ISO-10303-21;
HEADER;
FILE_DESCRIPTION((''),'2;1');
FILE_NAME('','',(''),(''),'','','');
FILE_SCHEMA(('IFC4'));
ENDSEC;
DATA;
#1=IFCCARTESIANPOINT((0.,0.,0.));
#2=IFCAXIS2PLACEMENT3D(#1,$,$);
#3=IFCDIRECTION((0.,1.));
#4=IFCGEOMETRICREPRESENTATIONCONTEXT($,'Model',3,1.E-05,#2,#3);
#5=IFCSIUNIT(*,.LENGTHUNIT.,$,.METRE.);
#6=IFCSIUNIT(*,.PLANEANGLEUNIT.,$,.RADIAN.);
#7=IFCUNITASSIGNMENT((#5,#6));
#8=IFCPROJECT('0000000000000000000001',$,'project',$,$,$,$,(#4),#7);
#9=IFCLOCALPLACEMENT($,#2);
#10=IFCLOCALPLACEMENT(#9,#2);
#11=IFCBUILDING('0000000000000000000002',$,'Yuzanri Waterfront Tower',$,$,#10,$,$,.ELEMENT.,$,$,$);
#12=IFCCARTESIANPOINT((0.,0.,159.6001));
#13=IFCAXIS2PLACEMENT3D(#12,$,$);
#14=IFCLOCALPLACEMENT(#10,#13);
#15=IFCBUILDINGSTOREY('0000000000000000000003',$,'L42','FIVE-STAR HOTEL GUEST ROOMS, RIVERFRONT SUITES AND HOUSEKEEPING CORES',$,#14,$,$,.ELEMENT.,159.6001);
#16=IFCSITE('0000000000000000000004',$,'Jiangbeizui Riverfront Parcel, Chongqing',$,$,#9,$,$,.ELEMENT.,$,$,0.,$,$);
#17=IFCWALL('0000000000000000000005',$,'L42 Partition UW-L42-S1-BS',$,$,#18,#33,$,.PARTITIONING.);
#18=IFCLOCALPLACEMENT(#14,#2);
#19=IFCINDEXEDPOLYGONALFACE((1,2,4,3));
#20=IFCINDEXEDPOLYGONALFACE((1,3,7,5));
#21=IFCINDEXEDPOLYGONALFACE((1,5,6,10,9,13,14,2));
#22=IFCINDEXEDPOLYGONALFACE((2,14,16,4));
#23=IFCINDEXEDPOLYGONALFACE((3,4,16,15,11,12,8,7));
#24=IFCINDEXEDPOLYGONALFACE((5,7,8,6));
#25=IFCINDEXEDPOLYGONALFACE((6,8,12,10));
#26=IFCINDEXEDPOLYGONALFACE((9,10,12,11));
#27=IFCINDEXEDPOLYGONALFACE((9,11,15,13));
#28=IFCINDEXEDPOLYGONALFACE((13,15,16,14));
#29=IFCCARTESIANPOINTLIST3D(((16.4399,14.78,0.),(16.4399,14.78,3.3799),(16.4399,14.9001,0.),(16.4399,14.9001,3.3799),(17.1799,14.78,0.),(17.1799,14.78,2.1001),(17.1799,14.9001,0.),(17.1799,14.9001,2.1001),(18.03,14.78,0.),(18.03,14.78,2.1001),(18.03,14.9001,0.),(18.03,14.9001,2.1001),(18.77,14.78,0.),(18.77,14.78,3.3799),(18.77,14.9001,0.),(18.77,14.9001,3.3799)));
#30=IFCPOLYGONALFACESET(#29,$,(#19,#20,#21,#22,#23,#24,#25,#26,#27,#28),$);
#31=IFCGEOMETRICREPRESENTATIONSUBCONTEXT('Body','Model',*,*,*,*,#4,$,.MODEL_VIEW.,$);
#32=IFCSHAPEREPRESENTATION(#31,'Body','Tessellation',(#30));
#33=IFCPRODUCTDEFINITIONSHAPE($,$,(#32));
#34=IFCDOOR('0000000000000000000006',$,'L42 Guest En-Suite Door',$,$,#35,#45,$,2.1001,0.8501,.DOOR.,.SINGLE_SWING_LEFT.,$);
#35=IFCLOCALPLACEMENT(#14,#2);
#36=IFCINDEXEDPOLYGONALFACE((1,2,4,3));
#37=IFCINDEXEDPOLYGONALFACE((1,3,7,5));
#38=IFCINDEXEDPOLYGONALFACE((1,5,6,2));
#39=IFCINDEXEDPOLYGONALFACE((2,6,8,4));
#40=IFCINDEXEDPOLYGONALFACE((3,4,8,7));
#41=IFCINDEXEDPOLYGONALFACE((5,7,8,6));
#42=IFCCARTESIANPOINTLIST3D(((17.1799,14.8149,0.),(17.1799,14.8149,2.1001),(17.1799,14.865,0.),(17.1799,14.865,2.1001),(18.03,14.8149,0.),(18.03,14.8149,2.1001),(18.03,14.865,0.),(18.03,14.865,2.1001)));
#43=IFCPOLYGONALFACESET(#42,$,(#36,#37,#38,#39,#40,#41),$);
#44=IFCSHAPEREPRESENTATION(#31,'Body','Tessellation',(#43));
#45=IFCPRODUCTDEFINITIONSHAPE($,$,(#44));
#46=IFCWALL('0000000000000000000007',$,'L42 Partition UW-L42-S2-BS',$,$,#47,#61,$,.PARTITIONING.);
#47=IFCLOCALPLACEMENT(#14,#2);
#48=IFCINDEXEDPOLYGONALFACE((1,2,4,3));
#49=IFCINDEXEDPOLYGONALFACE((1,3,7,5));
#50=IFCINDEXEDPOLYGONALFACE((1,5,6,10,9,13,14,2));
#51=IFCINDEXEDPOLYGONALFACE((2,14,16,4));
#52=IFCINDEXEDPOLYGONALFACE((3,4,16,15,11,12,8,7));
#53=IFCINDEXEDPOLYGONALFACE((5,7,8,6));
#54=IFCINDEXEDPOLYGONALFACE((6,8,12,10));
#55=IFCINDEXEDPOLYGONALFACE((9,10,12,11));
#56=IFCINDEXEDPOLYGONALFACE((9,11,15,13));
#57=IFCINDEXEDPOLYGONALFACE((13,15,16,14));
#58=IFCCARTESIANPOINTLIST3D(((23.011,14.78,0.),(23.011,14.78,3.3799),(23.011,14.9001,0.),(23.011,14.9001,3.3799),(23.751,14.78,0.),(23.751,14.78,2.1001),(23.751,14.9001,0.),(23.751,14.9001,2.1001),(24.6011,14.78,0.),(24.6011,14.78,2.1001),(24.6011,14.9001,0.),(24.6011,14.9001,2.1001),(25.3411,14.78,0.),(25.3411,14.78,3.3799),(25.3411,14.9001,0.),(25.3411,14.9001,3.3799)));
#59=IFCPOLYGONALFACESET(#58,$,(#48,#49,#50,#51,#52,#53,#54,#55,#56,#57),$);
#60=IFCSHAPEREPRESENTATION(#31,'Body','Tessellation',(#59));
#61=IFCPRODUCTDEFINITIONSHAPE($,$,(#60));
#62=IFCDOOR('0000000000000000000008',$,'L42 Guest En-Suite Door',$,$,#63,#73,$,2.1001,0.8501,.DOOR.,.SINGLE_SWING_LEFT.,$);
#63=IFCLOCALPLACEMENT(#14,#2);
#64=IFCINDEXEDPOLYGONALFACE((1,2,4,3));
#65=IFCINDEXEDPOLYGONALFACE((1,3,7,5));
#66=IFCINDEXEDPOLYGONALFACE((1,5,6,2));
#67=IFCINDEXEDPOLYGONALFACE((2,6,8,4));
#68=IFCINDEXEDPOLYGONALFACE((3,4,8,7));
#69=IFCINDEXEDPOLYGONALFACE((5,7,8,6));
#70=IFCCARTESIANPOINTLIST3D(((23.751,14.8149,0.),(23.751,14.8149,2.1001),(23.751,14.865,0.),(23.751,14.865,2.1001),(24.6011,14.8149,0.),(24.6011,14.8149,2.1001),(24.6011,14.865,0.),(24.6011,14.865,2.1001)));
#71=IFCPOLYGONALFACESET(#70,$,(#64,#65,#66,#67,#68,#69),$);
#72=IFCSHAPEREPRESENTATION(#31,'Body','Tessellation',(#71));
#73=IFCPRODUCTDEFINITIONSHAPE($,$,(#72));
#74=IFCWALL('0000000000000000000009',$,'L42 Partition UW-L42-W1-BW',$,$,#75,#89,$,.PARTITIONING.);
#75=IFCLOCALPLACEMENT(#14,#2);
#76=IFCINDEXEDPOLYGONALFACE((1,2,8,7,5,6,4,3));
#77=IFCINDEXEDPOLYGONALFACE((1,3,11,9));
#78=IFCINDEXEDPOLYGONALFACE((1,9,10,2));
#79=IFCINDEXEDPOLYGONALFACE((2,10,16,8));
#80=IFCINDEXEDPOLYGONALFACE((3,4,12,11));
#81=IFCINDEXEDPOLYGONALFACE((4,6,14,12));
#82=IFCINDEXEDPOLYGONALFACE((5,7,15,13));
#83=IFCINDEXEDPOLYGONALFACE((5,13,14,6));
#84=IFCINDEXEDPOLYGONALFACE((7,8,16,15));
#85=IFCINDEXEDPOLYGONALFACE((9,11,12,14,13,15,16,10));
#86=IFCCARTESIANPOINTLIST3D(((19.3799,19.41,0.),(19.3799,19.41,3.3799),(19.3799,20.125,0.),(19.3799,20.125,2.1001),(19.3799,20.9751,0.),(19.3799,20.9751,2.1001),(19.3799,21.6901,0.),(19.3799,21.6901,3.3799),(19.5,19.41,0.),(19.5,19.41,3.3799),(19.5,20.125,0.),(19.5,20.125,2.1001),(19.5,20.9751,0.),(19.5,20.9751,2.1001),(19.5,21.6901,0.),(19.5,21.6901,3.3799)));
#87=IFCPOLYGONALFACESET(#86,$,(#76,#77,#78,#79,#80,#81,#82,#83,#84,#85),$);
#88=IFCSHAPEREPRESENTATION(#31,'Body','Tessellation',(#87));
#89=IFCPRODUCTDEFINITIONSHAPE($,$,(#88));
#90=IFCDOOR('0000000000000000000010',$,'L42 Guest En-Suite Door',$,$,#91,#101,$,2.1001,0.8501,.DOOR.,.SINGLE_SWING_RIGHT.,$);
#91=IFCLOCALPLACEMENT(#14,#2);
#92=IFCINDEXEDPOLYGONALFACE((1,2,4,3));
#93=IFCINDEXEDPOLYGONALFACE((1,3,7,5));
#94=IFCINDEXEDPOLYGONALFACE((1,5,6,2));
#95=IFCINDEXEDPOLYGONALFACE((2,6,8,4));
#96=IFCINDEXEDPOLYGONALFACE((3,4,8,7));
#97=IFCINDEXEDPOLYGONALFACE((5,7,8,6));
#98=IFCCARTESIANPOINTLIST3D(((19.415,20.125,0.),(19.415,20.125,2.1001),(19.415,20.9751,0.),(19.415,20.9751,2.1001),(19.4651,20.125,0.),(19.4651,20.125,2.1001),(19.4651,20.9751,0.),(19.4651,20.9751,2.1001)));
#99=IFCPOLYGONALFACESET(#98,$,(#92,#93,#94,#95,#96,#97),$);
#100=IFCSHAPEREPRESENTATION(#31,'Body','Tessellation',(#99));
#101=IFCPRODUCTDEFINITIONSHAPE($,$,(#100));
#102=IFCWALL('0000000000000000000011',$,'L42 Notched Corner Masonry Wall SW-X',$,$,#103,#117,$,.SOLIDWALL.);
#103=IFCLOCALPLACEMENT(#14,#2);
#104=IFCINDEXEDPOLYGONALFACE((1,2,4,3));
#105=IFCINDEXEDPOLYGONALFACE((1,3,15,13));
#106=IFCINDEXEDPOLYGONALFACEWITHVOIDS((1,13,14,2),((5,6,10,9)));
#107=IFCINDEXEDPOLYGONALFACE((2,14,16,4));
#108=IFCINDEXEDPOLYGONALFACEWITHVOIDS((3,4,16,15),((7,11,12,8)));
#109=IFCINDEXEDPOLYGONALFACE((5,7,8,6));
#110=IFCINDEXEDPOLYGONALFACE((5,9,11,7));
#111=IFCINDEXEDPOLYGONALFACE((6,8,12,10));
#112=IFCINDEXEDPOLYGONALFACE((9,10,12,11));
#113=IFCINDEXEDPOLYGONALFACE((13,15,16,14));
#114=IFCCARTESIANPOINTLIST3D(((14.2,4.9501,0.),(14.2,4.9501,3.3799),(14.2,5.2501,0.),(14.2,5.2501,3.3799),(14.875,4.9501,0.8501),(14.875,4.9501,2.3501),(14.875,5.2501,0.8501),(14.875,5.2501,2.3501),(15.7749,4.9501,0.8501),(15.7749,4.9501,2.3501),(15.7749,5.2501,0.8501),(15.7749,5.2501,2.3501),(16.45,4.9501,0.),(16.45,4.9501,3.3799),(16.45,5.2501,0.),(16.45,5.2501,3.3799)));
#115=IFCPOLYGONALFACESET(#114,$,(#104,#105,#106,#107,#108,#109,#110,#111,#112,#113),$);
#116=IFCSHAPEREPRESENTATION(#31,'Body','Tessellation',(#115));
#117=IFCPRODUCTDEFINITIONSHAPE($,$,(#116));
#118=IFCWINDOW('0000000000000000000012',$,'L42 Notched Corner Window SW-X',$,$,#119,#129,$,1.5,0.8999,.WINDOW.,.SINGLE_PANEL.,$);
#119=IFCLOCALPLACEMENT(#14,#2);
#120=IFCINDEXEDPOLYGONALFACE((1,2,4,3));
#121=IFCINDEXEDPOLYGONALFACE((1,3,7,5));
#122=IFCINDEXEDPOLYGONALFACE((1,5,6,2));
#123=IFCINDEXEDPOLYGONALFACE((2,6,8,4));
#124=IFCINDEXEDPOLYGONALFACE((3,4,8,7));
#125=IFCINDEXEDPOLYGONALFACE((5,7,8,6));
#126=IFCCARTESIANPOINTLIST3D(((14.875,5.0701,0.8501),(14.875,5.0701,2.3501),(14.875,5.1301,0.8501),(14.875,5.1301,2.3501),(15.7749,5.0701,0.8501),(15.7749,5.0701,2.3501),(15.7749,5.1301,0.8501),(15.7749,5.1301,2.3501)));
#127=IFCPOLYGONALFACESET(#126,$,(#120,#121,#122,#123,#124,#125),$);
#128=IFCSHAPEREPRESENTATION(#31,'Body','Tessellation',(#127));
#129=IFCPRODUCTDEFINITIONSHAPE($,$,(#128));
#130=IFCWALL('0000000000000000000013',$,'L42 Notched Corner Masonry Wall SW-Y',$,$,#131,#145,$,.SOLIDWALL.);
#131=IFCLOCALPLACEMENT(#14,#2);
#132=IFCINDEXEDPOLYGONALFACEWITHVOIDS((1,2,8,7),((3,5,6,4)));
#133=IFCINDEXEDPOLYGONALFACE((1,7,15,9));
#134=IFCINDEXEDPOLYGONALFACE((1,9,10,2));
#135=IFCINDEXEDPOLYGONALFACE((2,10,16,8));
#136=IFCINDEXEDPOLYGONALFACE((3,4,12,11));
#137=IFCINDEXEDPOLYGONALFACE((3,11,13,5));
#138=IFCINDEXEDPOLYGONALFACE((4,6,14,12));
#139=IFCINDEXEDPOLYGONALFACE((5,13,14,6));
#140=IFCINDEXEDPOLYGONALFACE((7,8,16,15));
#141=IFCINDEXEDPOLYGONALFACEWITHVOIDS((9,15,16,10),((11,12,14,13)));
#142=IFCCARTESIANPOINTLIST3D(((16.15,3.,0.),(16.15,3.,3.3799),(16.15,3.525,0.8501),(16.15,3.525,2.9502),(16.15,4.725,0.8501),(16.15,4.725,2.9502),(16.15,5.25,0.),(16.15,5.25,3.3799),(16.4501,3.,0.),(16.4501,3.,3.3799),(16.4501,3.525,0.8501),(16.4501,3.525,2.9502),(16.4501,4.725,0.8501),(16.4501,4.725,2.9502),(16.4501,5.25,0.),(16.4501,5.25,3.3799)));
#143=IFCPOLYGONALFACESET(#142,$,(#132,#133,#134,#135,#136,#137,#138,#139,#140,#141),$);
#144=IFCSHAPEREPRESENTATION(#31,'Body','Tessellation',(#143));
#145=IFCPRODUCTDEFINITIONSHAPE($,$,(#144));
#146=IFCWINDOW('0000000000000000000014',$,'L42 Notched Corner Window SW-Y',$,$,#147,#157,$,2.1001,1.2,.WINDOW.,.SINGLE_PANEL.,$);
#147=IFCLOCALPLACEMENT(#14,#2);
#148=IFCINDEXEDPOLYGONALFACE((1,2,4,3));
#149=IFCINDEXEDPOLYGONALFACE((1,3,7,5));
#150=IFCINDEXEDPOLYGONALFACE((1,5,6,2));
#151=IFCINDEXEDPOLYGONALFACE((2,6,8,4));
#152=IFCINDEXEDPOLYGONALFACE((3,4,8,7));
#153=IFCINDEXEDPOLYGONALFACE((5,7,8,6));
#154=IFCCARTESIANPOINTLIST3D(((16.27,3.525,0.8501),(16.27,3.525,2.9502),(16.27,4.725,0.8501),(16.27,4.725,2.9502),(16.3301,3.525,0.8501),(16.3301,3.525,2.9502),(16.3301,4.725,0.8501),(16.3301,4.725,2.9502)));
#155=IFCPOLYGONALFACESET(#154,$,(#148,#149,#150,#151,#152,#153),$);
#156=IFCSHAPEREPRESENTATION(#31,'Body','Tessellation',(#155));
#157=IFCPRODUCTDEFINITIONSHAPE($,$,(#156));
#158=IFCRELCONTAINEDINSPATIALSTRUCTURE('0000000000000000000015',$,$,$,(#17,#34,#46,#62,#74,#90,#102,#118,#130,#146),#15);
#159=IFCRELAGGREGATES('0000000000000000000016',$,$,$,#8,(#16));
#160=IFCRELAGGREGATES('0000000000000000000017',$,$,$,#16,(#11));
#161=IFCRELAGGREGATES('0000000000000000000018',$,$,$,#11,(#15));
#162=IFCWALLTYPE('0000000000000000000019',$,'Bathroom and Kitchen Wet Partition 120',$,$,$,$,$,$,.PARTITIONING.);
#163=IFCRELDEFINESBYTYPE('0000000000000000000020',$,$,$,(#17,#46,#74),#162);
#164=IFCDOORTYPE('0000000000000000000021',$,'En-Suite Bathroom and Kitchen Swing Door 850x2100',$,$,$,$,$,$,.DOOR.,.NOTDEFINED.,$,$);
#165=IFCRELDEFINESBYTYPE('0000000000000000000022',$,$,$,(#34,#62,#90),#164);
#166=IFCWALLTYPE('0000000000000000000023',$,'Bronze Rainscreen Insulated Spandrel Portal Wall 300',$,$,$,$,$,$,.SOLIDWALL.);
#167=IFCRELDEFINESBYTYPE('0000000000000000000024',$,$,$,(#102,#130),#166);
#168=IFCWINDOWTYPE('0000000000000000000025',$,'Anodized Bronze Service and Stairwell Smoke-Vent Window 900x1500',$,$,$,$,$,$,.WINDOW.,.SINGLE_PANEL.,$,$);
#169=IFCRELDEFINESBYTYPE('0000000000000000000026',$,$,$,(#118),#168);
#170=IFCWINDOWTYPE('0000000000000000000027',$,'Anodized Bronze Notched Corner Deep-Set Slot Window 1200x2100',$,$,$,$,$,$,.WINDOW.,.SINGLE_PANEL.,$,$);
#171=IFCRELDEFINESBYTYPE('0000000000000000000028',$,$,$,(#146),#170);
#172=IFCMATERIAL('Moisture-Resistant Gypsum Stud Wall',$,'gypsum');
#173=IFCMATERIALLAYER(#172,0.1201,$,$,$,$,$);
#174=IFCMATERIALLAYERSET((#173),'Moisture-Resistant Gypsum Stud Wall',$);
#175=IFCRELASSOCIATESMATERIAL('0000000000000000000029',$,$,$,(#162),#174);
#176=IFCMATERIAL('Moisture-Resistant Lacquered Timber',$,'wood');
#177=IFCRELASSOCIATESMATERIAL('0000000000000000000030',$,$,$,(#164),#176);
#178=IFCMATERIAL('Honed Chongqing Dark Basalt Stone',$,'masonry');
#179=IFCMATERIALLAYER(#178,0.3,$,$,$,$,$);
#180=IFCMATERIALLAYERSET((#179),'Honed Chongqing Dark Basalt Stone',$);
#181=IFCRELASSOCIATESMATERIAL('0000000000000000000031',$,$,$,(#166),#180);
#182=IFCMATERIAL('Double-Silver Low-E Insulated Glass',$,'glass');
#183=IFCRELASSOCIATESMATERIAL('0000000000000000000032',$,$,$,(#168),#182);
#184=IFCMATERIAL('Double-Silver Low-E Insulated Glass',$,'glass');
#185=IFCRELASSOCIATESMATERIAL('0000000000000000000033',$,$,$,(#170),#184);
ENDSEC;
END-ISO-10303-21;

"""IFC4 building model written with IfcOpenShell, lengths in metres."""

from ifc_helpers import new_model, si_unit, direction, frame, frame_2d, origin, place, context, subcontext, project, spatial, rectangle, extrude, source, transform, mapped, material, layer, layer_set, type_object, element, fill, save


model = new_model("IFC4")

# Units and contexts
model_context = context("Model", 3, precision=1e-05, world=origin(), true_north=direction((0.0, 1.0)))
body_context = subcontext(model_context, "Body", "Model", "MODEL_VIEW")
ifc_project = project(units=[si_unit("LENGTHUNIT", "METRE"), si_unit("PLANEANGLEUNIT", "RADIAN")], contexts=[model_context])

# Site, building, storey
site_placement = place(None, origin())
site = spatial("IfcSite", under=ifc_project, at=site_placement, Name="Jiangbeizui Riverfront Parcel, Chongqing", CompositionType="ELEMENT", RefElevation=0.0)
building_placement = place(site_placement, origin())
building = spatial("IfcBuilding", under=site, at=building_placement, Name="Yuzanri Waterfront Tower", CompositionType="ELEMENT")
storey_placement = place(building_placement, frame((0.0, 0.0, 159.6001)))
storey = spatial("IfcBuildingStorey", under=building, at=storey_placement, Name="L42", Description="FIVE-STAR HOTEL GUEST ROOMS, RIVERFRONT SUITES AND HOUSEKEEPING CORES", CompositionType="ELEMENT", Elevation=159.6001)

# Walls, openings, doors
ifc_material_1 = material(Name="Moisture-Resistant Gypsum Stud Wall", Category="gypsum")
ifc_layer_1 = layer(ifc_material_1, 0.1201)
ifc_layer_set_1 = layer_set([ifc_layer_1], Name="Moisture-Resistant Gypsum Stud Wall")
wall_type_1 = type_object("IfcWallType", Name="Bathroom and Kitchen Wet Partition 120", PredefinedType="PARTITIONING", material=ifc_layer_set_1)
wall_1_placement = place(storey_placement, frame((16.4399, 14.8401, 0.0), z_axis=(0.0, 0.0, 1.0), x_axis=(1.0, 0.0, 0.0)))
wall_1 = element("IfcWall", 1, at=wall_1_placement, inside=storey, type_object=wall_type_1, Name="L42 Partition UW-L42-S1-BS", PredefinedType="PARTITIONING", context=body_context, shape_type="SweptSolid", body=[
    extrude(rectangle(XDim=2.3301, YDim=0.1201, at=frame_2d((1.165, 0.0))), origin(), (0.0, 0.0, 1.0), 3.3799),
])
opening_1_placement = place(wall_1_placement, frame((0.74, 0.0, 0.0)))
opening_1 = element("IfcOpeningElement", 2, at=opening_1_placement, cuts=wall_1, PredefinedType="OPENING", context=body_context, shape_type="SweptSolid", body=[
    extrude(rectangle(XDim=0.8501, YDim=2.1001, at=frame_2d((0.425, 1.05))), frame((0.0, 0.075, 0.0), z_axis=(0.0, -1.0, 0.0), x_axis=(1.0, 0.0, 0.0)), (0.0, 0.0, 1.0), 0.1499),
])
ifc_material_2 = material(Name="Moisture-Resistant Lacquered Timber", Category="wood")
door_type_1 = type_object("IfcDoorType", Name="En-Suite Bathroom and Kitchen Swing Door 850x2100", OperationType="NOTDEFINED", PredefinedType="DOOR", material=ifc_material_2)
shared_shape_1 = source(origin(), body_context, "Body", "SweptSolid", [
    extrude(rectangle(XDim=0.8501, YDim=2.1001, at=frame_2d((0.425, 1.05))), frame((0.0, 0.0249, 0.0), z_axis=(0.0, -1.0, 0.0), x_axis=(1.0, 0.0, 0.0)), (0.0, 0.0, 1.0), 0.05),
])
door_1_placement = place(opening_1_placement, origin())
door_1 = element("IfcDoor", 3, at=door_1_placement, inside=storey, type_object=door_type_1, Name="L42 Guest En-Suite Door", OperationType="SINGLE_SWING_LEFT", OverallHeight=2.1001, OverallWidth=0.8501, PredefinedType="DOOR", context=body_context, shape_type="MappedRepresentation", body=[
    mapped(shared_shape_1, transform((0.0, 0.0, 0.0), scale=1.0)),
])
fill(opening_1, door_1)
wall_2_placement = place(storey_placement, frame((23.011, 14.8401, 0.0), z_axis=(0.0, 0.0, 1.0), x_axis=(1.0, 0.0, 0.0)))
wall_2 = element("IfcWall", 4, at=wall_2_placement, inside=storey, type_object=wall_type_1, Name="L42 Partition UW-L42-S2-BS", PredefinedType="PARTITIONING", context=body_context, shape_type="SweptSolid", body=[
    extrude(rectangle(XDim=2.3301, YDim=0.1201, at=frame_2d((1.165, 0.0))), origin(), (0.0, 0.0, 1.0), 3.3799),
])
opening_2_placement = place(wall_2_placement, frame((0.74, 0.0, 0.0)))
opening_2 = element("IfcOpeningElement", 5, at=opening_2_placement, cuts=wall_2, PredefinedType="OPENING", context=body_context, shape_type="SweptSolid", body=[
    extrude(rectangle(XDim=0.8501, YDim=2.1001, at=frame_2d((0.425, 1.05))), frame((0.0, 0.075, 0.0), z_axis=(0.0, -1.0, 0.0), x_axis=(1.0, 0.0, 0.0)), (0.0, 0.0, 1.0), 0.1499),
])
door_2_placement = place(opening_2_placement, origin())
door_2 = element("IfcDoor", 6, at=door_2_placement, inside=storey, type_object=door_type_1, Name="L42 Guest En-Suite Door", OperationType="SINGLE_SWING_LEFT", OverallHeight=2.1001, OverallWidth=0.8501, PredefinedType="DOOR", context=body_context, shape_type="MappedRepresentation", body=[
    mapped(shared_shape_1, transform((0.0, 0.0, 0.0), scale=1.0)),
])
fill(opening_2, door_2)
wall_3_placement = place(storey_placement, frame((19.4399, 19.4099, 0.0), z_axis=(0.0, 0.0, 1.0), x_axis=(0.0, 1.0, 0.0)))
wall_3 = element("IfcWall", 7, at=wall_3_placement, inside=storey, type_object=wall_type_1, Name="L42 Partition UW-L42-W1-BW", PredefinedType="PARTITIONING", context=body_context, shape_type="SweptSolid", body=[
    extrude(rectangle(XDim=2.28, YDim=0.1201, at=frame_2d((1.1401, 0.0))), origin(), (0.0, 0.0, 1.0), 3.3799),
])
opening_3_placement = place(wall_3_placement, frame((0.7151, 0.0, 0.0)))
opening_3 = element("IfcOpeningElement", 8, at=opening_3_placement, cuts=wall_3, PredefinedType="OPENING", context=body_context, shape_type="SweptSolid", body=[
    extrude(rectangle(XDim=0.8501, YDim=2.1001, at=frame_2d((0.425, 1.05))), frame((0.0, 0.075, 0.0), z_axis=(0.0, -1.0, 0.0), x_axis=(1.0, 0.0, 0.0)), (0.0, 0.0, 1.0), 0.1499),
])
door_3_placement = place(opening_3_placement, origin())
door_3 = element("IfcDoor", 9, at=door_3_placement, inside=storey, type_object=door_type_1, Name="L42 Guest En-Suite Door", OperationType="SINGLE_SWING_RIGHT", OverallHeight=2.1001, OverallWidth=0.8501, PredefinedType="DOOR", context=body_context, shape_type="MappedRepresentation", body=[
    mapped(shared_shape_1, transform((0.0, 0.0, 0.0), scale=1.0)),
])
fill(opening_3, door_3)

# Walls, openings, windows
ifc_material_3 = material(Name="Honed Chongqing Dark Basalt Stone", Category="masonry")
ifc_layer_2 = layer(ifc_material_3, 0.3)
ifc_layer_set_2 = layer_set([ifc_layer_2], Name="Honed Chongqing Dark Basalt Stone")
wall_type_2 = type_object("IfcWallType", Name="Bronze Rainscreen Insulated Spandrel Portal Wall 300", PredefinedType="SOLIDWALL", material=ifc_layer_set_2)
wall_4_placement = place(storey_placement, frame((14.2, 5.1001, 0.0), z_axis=(0.0, 0.0, 1.0), x_axis=(1.0, 0.0, 0.0)))
wall_4 = element("IfcWall", 10, at=wall_4_placement, inside=storey, type_object=wall_type_2, Name="L42 Notched Corner Masonry Wall SW-X", PredefinedType="SOLIDWALL", context=body_context, shape_type="SweptSolid", body=[
    extrude(rectangle(XDim=2.25, YDim=0.3, at=frame_2d((1.125, 0.0))), origin(), (0.0, 0.0, 1.0), 3.3799),
])
opening_4_placement = place(wall_4_placement, frame((0.675, 0.0, 0.8501)))
opening_4 = element("IfcOpeningElement", 11, at=opening_4_placement, cuts=wall_4, PredefinedType="OPENING", context=body_context, shape_type="SweptSolid", body=[
    extrude(rectangle(XDim=0.8999, YDim=1.5, at=frame_2d((0.45, 0.75))), frame((0.0, 0.165, 0.0), z_axis=(0.0, -1.0, 0.0), x_axis=(1.0, 0.0, 0.0)), (0.0, 0.0, 1.0), 0.3298),
])
ifc_material_4 = material(Name="Double-Silver Low-E Insulated Glass", Category="glass")
window_type_1 = type_object("IfcWindowType", Name="Anodized Bronze Service and Stairwell Smoke-Vent Window 900x1500", PartitioningType="SINGLE_PANEL", PredefinedType="WINDOW", material=ifc_material_4)
shared_shape_2 = source(origin(), body_context, "Body", "SweptSolid", [
    extrude(rectangle(XDim=0.8999, YDim=1.5, at=frame_2d((0.45, 0.75))), frame((0.0, 0.03, 0.0), z_axis=(0.0, -1.0, 0.0), x_axis=(1.0, 0.0, 0.0)), (0.0, 0.0, 1.0), 0.0601),
])
window_1_placement = place(opening_4_placement, origin())
window_1 = element("IfcWindow", 12, at=window_1_placement, inside=storey, type_object=window_type_1, Name="L42 Notched Corner Window SW-X", OverallHeight=1.5, OverallWidth=0.8999, PartitioningType="SINGLE_PANEL", PredefinedType="WINDOW", context=body_context, shape_type="MappedRepresentation", body=[
    mapped(shared_shape_2, transform((0.0, 0.0, 0.0), scale=1.0)),
])
fill(opening_4, window_1)
wall_5_placement = place(storey_placement, frame((16.3, 5.25, 0.0), z_axis=(0.0, 0.0, 1.0), x_axis=(0.0, -1.0, 0.0)))
wall_5 = element("IfcWall", 13, at=wall_5_placement, inside=storey, type_object=wall_type_2, Name="L42 Notched Corner Masonry Wall SW-Y", PredefinedType="SOLIDWALL", context=body_context, shape_type="SweptSolid", body=[
    extrude(rectangle(XDim=2.25, YDim=0.3, at=frame_2d((1.125, 0.0))), origin(), (0.0, 0.0, 1.0), 3.3799),
])
opening_5_placement = place(wall_5_placement, frame((0.5249, 0.0, 0.8501)))
opening_5 = element("IfcOpeningElement", 14, at=opening_5_placement, cuts=wall_5, PredefinedType="OPENING", context=body_context, shape_type="SweptSolid", body=[
    extrude(rectangle(XDim=1.2, YDim=2.1001, at=frame_2d((0.6001, 1.05))), frame((0.0, 0.165, 0.0), z_axis=(0.0, -1.0, 0.0), x_axis=(1.0, 0.0, 0.0)), (0.0, 0.0, 1.0), 0.3298),
])
ifc_material_5 = material(Name="Double-Silver Low-E Insulated Glass", Category="glass")
window_type_2 = type_object("IfcWindowType", Name="Anodized Bronze Notched Corner Deep-Set Slot Window 1200x2100", PartitioningType="SINGLE_PANEL", PredefinedType="WINDOW", material=ifc_material_5)
shared_shape_3 = source(origin(), body_context, "Body", "SweptSolid", [
    extrude(rectangle(XDim=1.2, YDim=2.1001, at=frame_2d((0.6001, 1.05))), frame((0.0, 0.03, 0.0), z_axis=(0.0, -1.0, 0.0), x_axis=(1.0, 0.0, 0.0)), (0.0, 0.0, 1.0), 0.0601),
])
window_2_placement = place(opening_5_placement, origin())
window_2 = element("IfcWindow", 15, at=window_2_placement, inside=storey, type_object=window_type_2, Name="L42 Notched Corner Window SW-Y", OverallHeight=2.1001, OverallWidth=1.2, PartitioningType="SINGLE_PANEL", PredefinedType="WINDOW", context=body_context, shape_type="MappedRepresentation", body=[
    mapped(shared_shape_3, transform((0.0, 0.0, 0.0), scale=1.0)),
])
fill(opening_5, window_2)

save(model, "model.ifc")
